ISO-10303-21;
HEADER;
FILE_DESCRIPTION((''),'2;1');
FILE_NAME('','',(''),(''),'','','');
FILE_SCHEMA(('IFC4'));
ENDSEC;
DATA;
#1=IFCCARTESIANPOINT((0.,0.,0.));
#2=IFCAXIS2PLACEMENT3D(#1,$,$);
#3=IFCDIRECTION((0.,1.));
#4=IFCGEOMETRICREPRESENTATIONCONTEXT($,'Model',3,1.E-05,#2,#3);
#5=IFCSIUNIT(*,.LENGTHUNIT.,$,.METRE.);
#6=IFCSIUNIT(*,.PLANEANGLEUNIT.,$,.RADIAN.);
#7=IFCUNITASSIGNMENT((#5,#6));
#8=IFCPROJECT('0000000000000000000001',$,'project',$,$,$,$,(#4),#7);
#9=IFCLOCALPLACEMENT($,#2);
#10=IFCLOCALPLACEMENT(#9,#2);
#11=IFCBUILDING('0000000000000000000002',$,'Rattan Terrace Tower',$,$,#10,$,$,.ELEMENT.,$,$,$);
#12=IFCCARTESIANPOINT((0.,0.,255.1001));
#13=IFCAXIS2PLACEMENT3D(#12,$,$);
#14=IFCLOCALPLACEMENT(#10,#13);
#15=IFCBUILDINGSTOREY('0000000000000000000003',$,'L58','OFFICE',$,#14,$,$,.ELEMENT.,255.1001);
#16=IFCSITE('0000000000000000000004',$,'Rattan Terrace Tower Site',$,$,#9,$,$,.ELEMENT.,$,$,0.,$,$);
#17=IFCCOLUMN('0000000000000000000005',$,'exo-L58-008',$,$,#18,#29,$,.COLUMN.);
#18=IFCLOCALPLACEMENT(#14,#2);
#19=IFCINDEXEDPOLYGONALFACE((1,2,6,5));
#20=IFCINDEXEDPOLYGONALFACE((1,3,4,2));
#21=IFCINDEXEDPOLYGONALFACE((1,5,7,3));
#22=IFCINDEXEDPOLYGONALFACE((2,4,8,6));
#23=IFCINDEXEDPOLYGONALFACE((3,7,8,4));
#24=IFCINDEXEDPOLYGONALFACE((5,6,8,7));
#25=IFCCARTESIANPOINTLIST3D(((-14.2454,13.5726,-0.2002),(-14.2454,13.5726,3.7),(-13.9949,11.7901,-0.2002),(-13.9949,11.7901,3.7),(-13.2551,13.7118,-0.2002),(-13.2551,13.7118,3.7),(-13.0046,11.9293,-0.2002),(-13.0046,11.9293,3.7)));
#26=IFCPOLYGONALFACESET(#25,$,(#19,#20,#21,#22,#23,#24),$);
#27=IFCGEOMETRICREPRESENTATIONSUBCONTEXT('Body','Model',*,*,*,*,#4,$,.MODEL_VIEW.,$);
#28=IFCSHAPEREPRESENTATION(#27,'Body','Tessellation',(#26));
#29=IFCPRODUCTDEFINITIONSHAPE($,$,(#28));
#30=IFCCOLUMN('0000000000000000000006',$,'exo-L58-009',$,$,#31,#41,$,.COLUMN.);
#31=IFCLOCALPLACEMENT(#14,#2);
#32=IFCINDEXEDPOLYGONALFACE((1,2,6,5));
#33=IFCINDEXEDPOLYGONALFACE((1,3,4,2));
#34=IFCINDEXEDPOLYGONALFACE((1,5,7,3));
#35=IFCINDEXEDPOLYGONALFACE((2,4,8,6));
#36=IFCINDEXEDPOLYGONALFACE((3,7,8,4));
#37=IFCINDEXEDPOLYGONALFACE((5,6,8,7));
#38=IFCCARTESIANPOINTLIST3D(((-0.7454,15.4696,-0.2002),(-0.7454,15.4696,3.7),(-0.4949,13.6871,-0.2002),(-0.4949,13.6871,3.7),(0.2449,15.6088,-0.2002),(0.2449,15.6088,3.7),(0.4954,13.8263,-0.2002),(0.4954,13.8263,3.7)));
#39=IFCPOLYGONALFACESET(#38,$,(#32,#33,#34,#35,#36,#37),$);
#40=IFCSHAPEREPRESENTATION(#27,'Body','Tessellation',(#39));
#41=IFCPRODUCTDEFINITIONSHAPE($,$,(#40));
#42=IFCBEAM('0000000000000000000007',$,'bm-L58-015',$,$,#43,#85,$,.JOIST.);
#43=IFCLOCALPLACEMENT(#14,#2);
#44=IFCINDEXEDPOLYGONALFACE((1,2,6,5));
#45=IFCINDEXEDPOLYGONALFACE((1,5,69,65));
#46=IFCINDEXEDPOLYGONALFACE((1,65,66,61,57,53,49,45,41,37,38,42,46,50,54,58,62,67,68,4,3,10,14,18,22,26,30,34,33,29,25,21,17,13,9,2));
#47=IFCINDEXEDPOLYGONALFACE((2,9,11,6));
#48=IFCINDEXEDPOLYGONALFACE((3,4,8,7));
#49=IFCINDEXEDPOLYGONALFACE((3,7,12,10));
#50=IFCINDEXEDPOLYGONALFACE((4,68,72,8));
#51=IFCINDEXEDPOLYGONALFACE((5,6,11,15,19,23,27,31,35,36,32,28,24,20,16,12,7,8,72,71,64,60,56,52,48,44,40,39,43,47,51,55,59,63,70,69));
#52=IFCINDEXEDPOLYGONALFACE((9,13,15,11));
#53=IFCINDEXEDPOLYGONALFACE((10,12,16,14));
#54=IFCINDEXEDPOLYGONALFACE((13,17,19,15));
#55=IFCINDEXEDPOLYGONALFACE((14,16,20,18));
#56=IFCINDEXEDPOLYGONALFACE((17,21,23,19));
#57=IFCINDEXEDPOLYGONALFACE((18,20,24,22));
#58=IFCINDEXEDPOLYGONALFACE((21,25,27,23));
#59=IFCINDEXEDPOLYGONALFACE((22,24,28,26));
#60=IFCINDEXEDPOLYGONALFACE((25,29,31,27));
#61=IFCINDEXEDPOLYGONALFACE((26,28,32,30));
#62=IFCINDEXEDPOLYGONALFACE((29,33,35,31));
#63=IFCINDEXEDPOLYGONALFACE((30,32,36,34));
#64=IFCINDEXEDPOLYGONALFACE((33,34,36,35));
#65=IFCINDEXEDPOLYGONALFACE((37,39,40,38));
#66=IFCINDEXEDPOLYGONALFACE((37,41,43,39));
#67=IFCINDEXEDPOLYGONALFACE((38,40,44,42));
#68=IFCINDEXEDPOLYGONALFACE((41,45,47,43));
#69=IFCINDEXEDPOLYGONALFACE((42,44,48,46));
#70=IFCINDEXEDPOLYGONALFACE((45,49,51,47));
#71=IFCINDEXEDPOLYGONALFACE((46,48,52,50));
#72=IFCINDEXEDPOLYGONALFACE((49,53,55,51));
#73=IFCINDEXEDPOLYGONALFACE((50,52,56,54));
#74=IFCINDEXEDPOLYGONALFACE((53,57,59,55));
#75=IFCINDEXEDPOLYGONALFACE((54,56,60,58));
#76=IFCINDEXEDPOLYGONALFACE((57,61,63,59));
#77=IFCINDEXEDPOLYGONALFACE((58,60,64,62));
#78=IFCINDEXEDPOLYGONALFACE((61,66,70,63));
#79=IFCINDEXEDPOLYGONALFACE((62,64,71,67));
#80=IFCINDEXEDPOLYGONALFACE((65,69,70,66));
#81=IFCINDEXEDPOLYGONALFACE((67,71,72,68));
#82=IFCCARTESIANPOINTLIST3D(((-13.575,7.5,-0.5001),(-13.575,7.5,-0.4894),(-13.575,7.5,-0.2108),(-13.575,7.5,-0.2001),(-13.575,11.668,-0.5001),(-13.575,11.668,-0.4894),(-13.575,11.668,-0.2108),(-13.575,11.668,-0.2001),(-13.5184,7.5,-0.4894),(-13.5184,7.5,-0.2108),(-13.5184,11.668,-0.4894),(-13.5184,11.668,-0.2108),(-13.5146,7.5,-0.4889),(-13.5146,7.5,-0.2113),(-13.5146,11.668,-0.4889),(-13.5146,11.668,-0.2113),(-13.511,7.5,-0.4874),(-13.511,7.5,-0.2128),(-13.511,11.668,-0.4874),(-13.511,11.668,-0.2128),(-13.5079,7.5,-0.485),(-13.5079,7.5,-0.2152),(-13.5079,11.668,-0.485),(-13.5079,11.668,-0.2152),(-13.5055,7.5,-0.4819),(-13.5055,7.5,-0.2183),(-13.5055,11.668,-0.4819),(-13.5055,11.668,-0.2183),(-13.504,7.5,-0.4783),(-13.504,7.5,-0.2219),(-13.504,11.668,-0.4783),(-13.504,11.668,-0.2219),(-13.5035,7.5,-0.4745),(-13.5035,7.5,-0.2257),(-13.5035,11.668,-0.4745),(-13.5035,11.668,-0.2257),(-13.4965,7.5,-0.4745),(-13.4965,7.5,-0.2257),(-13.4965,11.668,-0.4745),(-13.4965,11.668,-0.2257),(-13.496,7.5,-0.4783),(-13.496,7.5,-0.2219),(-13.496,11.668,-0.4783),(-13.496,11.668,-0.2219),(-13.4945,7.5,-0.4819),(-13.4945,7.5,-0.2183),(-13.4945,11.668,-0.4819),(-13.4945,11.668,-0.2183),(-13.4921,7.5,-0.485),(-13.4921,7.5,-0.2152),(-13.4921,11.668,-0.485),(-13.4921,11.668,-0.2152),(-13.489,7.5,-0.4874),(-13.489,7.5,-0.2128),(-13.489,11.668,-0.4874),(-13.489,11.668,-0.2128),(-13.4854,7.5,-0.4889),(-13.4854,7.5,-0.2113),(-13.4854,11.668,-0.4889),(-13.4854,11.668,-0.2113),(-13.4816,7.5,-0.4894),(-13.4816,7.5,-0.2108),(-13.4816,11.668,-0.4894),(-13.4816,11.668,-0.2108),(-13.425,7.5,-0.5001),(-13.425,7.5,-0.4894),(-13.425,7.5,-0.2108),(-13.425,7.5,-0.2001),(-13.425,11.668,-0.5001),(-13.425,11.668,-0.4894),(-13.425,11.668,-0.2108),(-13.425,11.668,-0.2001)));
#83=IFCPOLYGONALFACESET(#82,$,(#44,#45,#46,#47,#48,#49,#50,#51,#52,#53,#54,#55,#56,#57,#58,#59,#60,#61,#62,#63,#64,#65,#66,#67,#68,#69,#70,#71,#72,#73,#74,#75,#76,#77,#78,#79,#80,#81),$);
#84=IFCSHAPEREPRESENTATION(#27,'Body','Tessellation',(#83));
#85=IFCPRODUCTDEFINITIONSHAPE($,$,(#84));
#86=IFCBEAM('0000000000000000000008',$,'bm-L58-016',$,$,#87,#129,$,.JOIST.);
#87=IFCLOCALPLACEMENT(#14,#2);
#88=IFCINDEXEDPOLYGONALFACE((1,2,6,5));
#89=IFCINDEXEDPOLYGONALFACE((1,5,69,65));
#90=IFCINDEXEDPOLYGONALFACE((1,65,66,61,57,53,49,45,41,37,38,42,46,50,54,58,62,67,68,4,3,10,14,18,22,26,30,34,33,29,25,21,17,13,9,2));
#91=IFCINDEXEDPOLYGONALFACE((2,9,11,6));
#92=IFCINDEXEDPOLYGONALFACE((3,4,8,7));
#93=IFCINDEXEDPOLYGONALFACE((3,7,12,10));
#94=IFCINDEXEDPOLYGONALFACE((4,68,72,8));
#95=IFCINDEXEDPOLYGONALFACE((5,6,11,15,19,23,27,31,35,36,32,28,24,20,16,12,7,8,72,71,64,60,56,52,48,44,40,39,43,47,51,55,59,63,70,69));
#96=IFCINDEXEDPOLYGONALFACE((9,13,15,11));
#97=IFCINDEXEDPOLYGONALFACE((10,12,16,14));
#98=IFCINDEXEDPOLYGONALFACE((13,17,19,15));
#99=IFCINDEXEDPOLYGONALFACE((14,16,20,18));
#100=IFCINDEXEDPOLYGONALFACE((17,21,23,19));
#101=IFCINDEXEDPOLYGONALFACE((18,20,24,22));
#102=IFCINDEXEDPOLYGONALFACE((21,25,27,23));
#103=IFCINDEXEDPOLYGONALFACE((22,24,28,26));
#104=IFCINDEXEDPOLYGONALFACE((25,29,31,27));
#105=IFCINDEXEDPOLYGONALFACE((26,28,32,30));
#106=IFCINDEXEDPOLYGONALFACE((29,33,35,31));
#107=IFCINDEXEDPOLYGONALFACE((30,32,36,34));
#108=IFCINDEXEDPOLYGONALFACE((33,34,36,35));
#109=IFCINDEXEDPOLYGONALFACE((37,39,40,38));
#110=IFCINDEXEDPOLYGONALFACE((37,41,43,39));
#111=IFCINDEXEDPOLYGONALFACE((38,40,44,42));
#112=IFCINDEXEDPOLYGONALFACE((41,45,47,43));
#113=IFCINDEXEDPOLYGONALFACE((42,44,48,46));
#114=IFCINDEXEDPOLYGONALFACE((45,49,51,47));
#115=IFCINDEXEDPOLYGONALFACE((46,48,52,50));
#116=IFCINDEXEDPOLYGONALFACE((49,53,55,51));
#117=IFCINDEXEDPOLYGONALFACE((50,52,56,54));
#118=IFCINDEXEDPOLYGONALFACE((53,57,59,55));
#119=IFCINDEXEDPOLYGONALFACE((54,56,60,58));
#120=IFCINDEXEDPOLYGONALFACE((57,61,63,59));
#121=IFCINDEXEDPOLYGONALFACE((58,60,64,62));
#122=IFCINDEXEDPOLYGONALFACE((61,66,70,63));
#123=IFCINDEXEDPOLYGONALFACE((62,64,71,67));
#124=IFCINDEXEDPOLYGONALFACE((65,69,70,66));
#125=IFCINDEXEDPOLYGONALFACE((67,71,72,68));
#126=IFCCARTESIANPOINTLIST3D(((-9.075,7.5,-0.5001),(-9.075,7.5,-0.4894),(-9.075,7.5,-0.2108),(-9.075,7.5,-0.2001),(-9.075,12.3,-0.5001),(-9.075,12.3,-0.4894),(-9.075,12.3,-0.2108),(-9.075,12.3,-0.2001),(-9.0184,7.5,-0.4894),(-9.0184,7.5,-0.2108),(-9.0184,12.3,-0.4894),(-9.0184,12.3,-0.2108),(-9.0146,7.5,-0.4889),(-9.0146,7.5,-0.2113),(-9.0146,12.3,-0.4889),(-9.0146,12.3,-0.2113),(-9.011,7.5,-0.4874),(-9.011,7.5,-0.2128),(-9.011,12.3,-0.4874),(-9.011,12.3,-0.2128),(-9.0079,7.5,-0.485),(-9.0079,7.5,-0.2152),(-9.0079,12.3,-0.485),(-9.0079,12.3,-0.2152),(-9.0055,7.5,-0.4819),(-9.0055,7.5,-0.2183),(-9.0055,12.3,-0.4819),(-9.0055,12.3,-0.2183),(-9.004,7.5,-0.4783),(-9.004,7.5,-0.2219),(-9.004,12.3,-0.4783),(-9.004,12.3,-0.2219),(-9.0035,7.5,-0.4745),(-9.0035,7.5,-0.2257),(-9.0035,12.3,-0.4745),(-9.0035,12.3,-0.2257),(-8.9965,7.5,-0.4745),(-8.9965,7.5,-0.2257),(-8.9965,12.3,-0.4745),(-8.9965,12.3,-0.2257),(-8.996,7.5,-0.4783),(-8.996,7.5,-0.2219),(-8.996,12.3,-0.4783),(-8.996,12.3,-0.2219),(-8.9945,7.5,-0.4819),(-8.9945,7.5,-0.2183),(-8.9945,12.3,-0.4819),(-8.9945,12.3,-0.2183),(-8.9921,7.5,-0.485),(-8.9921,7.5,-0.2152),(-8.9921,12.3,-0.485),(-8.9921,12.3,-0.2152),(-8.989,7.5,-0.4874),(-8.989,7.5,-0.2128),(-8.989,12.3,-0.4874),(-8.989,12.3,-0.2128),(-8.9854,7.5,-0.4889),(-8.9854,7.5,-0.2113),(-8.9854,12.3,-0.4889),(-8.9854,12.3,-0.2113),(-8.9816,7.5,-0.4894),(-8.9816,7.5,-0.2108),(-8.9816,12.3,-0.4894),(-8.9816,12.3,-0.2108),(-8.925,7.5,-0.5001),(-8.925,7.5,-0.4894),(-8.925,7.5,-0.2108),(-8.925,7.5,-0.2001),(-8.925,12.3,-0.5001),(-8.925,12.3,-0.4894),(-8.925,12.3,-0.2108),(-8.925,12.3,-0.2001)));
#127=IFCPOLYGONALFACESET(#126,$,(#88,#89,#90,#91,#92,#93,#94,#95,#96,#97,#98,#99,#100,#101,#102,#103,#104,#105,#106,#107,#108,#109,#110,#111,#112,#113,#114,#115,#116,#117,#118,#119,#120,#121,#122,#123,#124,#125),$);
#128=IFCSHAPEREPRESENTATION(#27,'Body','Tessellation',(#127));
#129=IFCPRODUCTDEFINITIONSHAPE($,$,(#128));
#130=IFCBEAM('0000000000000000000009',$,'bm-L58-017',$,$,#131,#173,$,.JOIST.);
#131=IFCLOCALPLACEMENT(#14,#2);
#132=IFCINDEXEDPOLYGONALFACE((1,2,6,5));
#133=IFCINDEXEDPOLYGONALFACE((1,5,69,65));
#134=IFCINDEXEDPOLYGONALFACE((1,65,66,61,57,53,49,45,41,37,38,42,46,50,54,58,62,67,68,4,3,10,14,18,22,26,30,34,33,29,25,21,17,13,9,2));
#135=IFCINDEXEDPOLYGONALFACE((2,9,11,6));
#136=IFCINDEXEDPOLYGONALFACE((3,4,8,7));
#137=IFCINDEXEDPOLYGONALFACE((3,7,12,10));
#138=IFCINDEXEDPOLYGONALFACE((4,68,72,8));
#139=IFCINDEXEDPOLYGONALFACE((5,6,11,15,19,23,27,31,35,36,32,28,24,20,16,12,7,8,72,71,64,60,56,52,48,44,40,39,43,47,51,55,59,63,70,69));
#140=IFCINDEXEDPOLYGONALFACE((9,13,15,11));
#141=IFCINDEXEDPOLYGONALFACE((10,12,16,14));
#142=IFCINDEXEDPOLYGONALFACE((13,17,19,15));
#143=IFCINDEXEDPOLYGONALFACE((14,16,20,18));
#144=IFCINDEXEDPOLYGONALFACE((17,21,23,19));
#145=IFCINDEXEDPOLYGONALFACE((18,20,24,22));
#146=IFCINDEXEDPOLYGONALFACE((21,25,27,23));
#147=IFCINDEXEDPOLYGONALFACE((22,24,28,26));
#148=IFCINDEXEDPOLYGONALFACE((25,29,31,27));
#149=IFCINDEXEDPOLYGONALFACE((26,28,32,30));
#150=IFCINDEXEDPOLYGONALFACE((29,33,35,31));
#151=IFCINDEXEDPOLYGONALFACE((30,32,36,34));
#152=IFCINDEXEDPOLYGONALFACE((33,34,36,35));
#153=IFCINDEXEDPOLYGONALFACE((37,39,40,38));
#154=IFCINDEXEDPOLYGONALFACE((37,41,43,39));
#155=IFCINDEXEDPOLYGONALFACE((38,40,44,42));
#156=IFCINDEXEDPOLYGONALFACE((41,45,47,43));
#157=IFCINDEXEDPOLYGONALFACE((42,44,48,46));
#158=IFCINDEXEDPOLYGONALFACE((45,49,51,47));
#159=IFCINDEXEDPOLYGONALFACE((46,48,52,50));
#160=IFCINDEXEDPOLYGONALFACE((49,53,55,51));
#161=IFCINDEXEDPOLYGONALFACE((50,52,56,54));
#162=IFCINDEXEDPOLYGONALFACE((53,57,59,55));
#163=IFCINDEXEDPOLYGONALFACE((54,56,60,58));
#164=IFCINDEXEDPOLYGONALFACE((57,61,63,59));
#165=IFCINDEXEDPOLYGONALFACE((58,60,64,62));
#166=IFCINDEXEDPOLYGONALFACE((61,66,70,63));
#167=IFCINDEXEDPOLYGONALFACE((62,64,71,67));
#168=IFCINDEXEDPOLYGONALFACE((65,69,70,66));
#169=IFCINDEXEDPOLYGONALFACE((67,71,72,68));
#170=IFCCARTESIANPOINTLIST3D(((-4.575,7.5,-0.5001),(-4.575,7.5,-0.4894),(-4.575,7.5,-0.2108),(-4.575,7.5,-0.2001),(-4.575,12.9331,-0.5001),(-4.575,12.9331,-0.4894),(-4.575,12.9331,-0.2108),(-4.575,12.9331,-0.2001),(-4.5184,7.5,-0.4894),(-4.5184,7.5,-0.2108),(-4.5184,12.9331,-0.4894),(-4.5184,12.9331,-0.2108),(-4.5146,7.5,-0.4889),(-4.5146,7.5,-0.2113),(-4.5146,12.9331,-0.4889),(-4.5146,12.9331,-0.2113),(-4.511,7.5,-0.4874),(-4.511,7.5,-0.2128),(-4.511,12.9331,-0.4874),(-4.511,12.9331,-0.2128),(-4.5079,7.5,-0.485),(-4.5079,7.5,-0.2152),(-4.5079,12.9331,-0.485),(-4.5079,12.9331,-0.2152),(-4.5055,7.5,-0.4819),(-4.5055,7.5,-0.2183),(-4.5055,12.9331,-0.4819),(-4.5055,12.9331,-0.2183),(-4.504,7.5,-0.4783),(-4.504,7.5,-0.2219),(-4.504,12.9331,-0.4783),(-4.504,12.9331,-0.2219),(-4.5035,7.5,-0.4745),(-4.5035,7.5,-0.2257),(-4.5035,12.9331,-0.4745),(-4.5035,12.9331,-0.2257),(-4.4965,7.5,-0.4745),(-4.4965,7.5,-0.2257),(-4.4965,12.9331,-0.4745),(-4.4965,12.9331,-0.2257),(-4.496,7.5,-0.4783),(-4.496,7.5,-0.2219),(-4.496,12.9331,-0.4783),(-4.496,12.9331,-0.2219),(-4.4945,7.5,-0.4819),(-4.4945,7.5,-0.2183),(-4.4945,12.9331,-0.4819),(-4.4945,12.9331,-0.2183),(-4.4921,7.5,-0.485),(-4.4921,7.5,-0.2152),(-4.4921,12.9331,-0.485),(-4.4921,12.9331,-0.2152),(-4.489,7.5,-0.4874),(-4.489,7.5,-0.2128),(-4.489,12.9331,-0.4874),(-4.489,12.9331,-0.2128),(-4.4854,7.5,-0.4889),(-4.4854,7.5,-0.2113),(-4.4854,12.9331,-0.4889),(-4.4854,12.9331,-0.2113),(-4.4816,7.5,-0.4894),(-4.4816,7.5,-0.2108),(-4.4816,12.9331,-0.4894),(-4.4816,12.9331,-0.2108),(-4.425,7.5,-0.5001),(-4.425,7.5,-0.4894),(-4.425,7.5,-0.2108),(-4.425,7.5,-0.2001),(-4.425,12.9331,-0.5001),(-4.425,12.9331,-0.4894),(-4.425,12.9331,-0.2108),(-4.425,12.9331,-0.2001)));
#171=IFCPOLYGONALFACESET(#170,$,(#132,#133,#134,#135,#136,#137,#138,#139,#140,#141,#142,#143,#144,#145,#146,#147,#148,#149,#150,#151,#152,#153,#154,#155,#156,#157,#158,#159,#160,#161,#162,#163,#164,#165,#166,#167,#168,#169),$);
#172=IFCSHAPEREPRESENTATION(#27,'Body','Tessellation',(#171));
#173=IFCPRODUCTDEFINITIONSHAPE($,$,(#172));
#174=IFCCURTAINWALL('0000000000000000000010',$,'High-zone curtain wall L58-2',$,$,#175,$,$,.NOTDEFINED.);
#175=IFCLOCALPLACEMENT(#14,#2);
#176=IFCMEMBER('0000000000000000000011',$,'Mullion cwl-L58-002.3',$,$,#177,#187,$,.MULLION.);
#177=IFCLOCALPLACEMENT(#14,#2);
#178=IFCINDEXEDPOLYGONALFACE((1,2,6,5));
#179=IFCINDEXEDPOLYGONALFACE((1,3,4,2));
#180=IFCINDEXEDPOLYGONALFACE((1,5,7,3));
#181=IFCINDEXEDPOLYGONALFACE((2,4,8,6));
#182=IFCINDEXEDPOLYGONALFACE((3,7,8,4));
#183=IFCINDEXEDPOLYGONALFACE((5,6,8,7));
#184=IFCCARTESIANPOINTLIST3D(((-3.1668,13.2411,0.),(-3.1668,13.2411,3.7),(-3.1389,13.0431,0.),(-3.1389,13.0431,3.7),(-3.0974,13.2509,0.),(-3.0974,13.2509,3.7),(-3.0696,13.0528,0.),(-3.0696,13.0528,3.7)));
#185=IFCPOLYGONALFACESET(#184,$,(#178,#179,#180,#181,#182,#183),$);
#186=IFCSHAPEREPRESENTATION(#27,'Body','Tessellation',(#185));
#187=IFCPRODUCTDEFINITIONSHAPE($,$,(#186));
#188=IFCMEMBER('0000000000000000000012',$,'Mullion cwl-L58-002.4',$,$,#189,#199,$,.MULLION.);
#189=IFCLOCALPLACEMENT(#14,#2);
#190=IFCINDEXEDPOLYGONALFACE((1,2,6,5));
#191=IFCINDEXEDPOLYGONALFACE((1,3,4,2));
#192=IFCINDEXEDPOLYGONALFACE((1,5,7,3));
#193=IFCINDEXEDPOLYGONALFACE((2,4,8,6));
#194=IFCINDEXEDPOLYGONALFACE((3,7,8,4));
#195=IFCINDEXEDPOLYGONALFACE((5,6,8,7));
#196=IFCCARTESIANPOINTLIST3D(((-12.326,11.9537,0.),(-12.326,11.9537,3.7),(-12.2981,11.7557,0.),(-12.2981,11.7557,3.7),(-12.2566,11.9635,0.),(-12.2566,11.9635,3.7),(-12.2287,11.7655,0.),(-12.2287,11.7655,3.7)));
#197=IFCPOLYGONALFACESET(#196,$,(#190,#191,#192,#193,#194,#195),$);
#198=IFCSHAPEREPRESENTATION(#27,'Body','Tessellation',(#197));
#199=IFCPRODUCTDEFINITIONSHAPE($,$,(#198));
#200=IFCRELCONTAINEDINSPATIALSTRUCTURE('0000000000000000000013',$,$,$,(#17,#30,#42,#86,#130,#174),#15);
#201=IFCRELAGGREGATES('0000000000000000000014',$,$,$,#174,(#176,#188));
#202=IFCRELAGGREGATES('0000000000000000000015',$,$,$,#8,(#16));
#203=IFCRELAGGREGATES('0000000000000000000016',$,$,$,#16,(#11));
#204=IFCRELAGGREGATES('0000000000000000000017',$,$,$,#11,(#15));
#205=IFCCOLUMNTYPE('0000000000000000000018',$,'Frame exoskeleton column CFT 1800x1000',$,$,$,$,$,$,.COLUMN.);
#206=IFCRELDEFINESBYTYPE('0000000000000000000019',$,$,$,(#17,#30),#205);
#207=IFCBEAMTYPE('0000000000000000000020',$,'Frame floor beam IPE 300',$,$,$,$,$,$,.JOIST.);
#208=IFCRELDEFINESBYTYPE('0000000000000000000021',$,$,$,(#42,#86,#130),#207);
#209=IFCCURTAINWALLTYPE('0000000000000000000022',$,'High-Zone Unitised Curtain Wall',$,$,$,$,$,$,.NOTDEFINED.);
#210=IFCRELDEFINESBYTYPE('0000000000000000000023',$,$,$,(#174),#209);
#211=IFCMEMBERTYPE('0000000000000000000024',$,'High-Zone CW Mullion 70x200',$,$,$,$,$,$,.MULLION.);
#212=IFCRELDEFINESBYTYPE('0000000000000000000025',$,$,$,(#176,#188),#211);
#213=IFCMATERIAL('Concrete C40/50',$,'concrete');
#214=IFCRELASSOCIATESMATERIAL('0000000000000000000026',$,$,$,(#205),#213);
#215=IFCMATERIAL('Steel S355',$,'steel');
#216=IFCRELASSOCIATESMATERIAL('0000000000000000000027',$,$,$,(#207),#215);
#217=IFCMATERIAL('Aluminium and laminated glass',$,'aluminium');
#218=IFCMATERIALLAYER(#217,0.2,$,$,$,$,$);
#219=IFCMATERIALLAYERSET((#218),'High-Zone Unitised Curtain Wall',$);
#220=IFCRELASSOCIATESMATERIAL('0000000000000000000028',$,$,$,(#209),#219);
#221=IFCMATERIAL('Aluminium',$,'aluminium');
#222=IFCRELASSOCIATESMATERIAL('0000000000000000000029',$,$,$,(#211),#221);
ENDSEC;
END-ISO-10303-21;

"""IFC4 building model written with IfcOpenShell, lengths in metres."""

from ifc_helpers import new_model, si_unit, direction, frame, origin, origin_2d, place, context, subcontext, project, spatial, rectangle, i_section, extrude, material, layer, layer_set, material_profile, profile_set, type_object, element, aggregate, save


model = new_model("IFC4")

# Units and contexts
model_context = context("Model", 3, precision=1e-05, world=origin(), true_north=direction((0.0, 1.0)))
body_context = subcontext(model_context, "Body", "Model", "MODEL_VIEW")
ifc_project = project(units=[si_unit("LENGTHUNIT", "METRE"), si_unit("PLANEANGLEUNIT", "RADIAN")], contexts=[model_context])

# Site, building, storey
site_placement = place(None, origin())
site = spatial("IfcSite", under=ifc_project, at=site_placement, Name="Rattan Terrace Tower Site", CompositionType="ELEMENT", RefElevation=0.0)
building_placement = place(site_placement, origin())
building = spatial("IfcBuilding", under=site, at=building_placement, Name="Rattan Terrace Tower", CompositionType="ELEMENT")
storey_placement = place(building_placement, frame((0.0, 0.0, 255.1001)))
storey = spatial("IfcBuildingStorey", under=building, at=storey_placement, Name="L58", Description="OFFICE", CompositionType="ELEMENT", Elevation=255.1001)

# Columns
ifc_material_1 = material(Name="Concrete C40/50", Category="concrete")
ifc_material_profile_1 = material_profile(ifc_material_1, rectangle(XDim=1.0, YDim=1.8, at=origin_2d()), Name="CFT 1800x1000")
ifc_profile_set_1 = profile_set([ifc_material_profile_1], Name="Concrete C40/50")
column_type = type_object("IfcColumnType", Name="Frame exoskeleton column CFT 1800x1000", PredefinedType="COLUMN", material=ifc_profile_set_1)
for number, where, z_axis, x_axis, name in (
    (1, (-13.625, 12.751, -0.2002), (0.0, 0.0, 1.0), (0.990266, 0.13919, 0.0), "exo-L58-008"),
    (2, (-0.125, 14.6479, -0.2002), (0.0, 0.0, 1.0), (0.990266, 0.13919, 0.0), "exo-L58-009"),
):
    element("IfcColumn", number, at=place(storey_placement, frame(where, z_axis=z_axis, x_axis=x_axis)), inside=storey, type_object=column_type, Name=name, PredefinedType="COLUMN", context=body_context, shape_type="SweptSolid", body=[
        extrude(rectangle(XDim=1.0, YDim=1.8, at=origin_2d()), origin(), (0.0, 0.0, 1.0), 3.9001),
    ])

# Beams
ifc_material_2 = material(Name="Steel S355", Category="steel")
ifc_material_profile_2 = material_profile(ifc_material_2, i_section(OverallWidth=0.1499, OverallDepth=0.3, WebThickness=0.0071, FlangeThickness=0.0107, FilletRadius=0.0149, at=origin_2d()), Name="IPE 300")
ifc_profile_set_2 = profile_set([ifc_material_profile_2], Name="Steel S355")
beam_type = type_object("IfcBeamType", Name="Frame floor beam IPE 300", PredefinedType="JOIST", material=ifc_profile_set_2)
beam_1_placement = place(storey_placement, frame((-13.5, 7.5, -0.3501), z_axis=(0.0, 1.0, 0.0), x_axis=(-1.0, 0.0, 0.0)))
element("IfcBeam", 3, at=beam_1_placement, inside=storey, type_object=beam_type, Name="bm-L58-015", PredefinedType="JOIST", context=body_context, shape_type="SweptSolid", body=[
    extrude(i_section(OverallWidth=0.1499, OverallDepth=0.3, WebThickness=0.0071, FlangeThickness=0.0107, FilletRadius=0.0149, at=origin_2d()), origin(), (0.0, 0.0, 1.0), 4.168),
])
beam_2_placement = place(storey_placement, frame((-9.0, 7.5, -0.3501), z_axis=(0.0, 1.0, 0.0), x_axis=(-1.0, 0.0, 0.0)))
element("IfcBeam", 4, at=beam_2_placement, inside=storey, type_object=beam_type, Name="bm-L58-016", PredefinedType="JOIST", context=body_context, shape_type="SweptSolid", body=[
    extrude(i_section(OverallWidth=0.1499, OverallDepth=0.3, WebThickness=0.0071, FlangeThickness=0.0107, FilletRadius=0.0149, at=origin_2d()), origin(), (0.0, 0.0, 1.0), 4.8),
])
beam_3_placement = place(storey_placement, frame((-4.5, 7.5, -0.3501), z_axis=(0.0, 1.0, 0.0), x_axis=(-1.0, 0.0, 0.0)))
element("IfcBeam", 5, at=beam_3_placement, inside=storey, type_object=beam_type, Name="bm-L58-017", PredefinedType="JOIST", context=body_context, shape_type="SweptSolid", body=[
    extrude(i_section(OverallWidth=0.1499, OverallDepth=0.3, WebThickness=0.0071, FlangeThickness=0.0107, FilletRadius=0.0149, at=origin_2d()), origin(), (0.0, 0.0, 1.0), 5.4331),
])

# Curtain wall, members
ifc_material_3 = material(Name="Aluminium and laminated glass", Category="aluminium")
ifc_layer_1 = layer(ifc_material_3, 0.2)
ifc_layer_set_1 = layer_set([ifc_layer_1], Name="High-Zone Unitised Curtain Wall")
curtain_wall_type = type_object("IfcCurtainWallType", Name="High-Zone Unitised Curtain Wall", PredefinedType="NOTDEFINED", material=ifc_layer_set_1)
curtain_wall_placement = place(storey_placement, origin())
curtain_wall = element("IfcCurtainWall", 6, at=curtain_wall_placement, inside=storey, type_object=curtain_wall_type, Name="High-zone curtain wall L58-2", PredefinedType="NOTDEFINED")
ifc_material_4 = material(Name="Aluminium", Category="aluminium")
ifc_material_profile_3 = material_profile(ifc_material_4, rectangle(XDim=0.0701, YDim=0.2, at=origin_2d()), Name="Aluminium 70x200")
ifc_profile_set_3 = profile_set([ifc_material_profile_3], Name="Aluminium")
member_type_1 = type_object("IfcMemberType", Name="High-Zone CW Mullion 70x200", PredefinedType="MULLION", material=ifc_profile_set_3)
member_1_placement = place(storey_placement, frame((-3.1182, 13.147, 0.0), z_axis=(0.0, 0.0, 1.0), x_axis=(-0.990266, -0.139189, 0.0)))
member_1 = element("IfcMember", 7, at=member_1_placement, type_object=member_type_1, Name="Mullion cwl-L58-002.3", PredefinedType="MULLION", context=body_context, shape_type="SweptSolid", body=[
    extrude(rectangle(XDim=0.0701, YDim=0.2, at=origin_2d()), origin(), (0.0, 0.0, 1.0), 3.7),
])
member_2_placement = place(storey_placement, frame((-12.2773, 11.8596, 0.0), z_axis=(0.0, 0.0, 1.0), x_axis=(-0.990266, -0.139189, 0.0)))
member_2 = element("IfcMember", 8, at=member_2_placement, type_object=member_type_1, Name="Mullion cwl-L58-002.4", PredefinedType="MULLION", context=body_context, shape_type="SweptSolid", body=[
    extrude(rectangle(XDim=0.0701, YDim=0.2, at=origin_2d()), origin(), (0.0, 0.0, 1.0), 3.7),
])

aggregate(curtain_wall, [member_1, member_2])

save(model, "model.ifc")
